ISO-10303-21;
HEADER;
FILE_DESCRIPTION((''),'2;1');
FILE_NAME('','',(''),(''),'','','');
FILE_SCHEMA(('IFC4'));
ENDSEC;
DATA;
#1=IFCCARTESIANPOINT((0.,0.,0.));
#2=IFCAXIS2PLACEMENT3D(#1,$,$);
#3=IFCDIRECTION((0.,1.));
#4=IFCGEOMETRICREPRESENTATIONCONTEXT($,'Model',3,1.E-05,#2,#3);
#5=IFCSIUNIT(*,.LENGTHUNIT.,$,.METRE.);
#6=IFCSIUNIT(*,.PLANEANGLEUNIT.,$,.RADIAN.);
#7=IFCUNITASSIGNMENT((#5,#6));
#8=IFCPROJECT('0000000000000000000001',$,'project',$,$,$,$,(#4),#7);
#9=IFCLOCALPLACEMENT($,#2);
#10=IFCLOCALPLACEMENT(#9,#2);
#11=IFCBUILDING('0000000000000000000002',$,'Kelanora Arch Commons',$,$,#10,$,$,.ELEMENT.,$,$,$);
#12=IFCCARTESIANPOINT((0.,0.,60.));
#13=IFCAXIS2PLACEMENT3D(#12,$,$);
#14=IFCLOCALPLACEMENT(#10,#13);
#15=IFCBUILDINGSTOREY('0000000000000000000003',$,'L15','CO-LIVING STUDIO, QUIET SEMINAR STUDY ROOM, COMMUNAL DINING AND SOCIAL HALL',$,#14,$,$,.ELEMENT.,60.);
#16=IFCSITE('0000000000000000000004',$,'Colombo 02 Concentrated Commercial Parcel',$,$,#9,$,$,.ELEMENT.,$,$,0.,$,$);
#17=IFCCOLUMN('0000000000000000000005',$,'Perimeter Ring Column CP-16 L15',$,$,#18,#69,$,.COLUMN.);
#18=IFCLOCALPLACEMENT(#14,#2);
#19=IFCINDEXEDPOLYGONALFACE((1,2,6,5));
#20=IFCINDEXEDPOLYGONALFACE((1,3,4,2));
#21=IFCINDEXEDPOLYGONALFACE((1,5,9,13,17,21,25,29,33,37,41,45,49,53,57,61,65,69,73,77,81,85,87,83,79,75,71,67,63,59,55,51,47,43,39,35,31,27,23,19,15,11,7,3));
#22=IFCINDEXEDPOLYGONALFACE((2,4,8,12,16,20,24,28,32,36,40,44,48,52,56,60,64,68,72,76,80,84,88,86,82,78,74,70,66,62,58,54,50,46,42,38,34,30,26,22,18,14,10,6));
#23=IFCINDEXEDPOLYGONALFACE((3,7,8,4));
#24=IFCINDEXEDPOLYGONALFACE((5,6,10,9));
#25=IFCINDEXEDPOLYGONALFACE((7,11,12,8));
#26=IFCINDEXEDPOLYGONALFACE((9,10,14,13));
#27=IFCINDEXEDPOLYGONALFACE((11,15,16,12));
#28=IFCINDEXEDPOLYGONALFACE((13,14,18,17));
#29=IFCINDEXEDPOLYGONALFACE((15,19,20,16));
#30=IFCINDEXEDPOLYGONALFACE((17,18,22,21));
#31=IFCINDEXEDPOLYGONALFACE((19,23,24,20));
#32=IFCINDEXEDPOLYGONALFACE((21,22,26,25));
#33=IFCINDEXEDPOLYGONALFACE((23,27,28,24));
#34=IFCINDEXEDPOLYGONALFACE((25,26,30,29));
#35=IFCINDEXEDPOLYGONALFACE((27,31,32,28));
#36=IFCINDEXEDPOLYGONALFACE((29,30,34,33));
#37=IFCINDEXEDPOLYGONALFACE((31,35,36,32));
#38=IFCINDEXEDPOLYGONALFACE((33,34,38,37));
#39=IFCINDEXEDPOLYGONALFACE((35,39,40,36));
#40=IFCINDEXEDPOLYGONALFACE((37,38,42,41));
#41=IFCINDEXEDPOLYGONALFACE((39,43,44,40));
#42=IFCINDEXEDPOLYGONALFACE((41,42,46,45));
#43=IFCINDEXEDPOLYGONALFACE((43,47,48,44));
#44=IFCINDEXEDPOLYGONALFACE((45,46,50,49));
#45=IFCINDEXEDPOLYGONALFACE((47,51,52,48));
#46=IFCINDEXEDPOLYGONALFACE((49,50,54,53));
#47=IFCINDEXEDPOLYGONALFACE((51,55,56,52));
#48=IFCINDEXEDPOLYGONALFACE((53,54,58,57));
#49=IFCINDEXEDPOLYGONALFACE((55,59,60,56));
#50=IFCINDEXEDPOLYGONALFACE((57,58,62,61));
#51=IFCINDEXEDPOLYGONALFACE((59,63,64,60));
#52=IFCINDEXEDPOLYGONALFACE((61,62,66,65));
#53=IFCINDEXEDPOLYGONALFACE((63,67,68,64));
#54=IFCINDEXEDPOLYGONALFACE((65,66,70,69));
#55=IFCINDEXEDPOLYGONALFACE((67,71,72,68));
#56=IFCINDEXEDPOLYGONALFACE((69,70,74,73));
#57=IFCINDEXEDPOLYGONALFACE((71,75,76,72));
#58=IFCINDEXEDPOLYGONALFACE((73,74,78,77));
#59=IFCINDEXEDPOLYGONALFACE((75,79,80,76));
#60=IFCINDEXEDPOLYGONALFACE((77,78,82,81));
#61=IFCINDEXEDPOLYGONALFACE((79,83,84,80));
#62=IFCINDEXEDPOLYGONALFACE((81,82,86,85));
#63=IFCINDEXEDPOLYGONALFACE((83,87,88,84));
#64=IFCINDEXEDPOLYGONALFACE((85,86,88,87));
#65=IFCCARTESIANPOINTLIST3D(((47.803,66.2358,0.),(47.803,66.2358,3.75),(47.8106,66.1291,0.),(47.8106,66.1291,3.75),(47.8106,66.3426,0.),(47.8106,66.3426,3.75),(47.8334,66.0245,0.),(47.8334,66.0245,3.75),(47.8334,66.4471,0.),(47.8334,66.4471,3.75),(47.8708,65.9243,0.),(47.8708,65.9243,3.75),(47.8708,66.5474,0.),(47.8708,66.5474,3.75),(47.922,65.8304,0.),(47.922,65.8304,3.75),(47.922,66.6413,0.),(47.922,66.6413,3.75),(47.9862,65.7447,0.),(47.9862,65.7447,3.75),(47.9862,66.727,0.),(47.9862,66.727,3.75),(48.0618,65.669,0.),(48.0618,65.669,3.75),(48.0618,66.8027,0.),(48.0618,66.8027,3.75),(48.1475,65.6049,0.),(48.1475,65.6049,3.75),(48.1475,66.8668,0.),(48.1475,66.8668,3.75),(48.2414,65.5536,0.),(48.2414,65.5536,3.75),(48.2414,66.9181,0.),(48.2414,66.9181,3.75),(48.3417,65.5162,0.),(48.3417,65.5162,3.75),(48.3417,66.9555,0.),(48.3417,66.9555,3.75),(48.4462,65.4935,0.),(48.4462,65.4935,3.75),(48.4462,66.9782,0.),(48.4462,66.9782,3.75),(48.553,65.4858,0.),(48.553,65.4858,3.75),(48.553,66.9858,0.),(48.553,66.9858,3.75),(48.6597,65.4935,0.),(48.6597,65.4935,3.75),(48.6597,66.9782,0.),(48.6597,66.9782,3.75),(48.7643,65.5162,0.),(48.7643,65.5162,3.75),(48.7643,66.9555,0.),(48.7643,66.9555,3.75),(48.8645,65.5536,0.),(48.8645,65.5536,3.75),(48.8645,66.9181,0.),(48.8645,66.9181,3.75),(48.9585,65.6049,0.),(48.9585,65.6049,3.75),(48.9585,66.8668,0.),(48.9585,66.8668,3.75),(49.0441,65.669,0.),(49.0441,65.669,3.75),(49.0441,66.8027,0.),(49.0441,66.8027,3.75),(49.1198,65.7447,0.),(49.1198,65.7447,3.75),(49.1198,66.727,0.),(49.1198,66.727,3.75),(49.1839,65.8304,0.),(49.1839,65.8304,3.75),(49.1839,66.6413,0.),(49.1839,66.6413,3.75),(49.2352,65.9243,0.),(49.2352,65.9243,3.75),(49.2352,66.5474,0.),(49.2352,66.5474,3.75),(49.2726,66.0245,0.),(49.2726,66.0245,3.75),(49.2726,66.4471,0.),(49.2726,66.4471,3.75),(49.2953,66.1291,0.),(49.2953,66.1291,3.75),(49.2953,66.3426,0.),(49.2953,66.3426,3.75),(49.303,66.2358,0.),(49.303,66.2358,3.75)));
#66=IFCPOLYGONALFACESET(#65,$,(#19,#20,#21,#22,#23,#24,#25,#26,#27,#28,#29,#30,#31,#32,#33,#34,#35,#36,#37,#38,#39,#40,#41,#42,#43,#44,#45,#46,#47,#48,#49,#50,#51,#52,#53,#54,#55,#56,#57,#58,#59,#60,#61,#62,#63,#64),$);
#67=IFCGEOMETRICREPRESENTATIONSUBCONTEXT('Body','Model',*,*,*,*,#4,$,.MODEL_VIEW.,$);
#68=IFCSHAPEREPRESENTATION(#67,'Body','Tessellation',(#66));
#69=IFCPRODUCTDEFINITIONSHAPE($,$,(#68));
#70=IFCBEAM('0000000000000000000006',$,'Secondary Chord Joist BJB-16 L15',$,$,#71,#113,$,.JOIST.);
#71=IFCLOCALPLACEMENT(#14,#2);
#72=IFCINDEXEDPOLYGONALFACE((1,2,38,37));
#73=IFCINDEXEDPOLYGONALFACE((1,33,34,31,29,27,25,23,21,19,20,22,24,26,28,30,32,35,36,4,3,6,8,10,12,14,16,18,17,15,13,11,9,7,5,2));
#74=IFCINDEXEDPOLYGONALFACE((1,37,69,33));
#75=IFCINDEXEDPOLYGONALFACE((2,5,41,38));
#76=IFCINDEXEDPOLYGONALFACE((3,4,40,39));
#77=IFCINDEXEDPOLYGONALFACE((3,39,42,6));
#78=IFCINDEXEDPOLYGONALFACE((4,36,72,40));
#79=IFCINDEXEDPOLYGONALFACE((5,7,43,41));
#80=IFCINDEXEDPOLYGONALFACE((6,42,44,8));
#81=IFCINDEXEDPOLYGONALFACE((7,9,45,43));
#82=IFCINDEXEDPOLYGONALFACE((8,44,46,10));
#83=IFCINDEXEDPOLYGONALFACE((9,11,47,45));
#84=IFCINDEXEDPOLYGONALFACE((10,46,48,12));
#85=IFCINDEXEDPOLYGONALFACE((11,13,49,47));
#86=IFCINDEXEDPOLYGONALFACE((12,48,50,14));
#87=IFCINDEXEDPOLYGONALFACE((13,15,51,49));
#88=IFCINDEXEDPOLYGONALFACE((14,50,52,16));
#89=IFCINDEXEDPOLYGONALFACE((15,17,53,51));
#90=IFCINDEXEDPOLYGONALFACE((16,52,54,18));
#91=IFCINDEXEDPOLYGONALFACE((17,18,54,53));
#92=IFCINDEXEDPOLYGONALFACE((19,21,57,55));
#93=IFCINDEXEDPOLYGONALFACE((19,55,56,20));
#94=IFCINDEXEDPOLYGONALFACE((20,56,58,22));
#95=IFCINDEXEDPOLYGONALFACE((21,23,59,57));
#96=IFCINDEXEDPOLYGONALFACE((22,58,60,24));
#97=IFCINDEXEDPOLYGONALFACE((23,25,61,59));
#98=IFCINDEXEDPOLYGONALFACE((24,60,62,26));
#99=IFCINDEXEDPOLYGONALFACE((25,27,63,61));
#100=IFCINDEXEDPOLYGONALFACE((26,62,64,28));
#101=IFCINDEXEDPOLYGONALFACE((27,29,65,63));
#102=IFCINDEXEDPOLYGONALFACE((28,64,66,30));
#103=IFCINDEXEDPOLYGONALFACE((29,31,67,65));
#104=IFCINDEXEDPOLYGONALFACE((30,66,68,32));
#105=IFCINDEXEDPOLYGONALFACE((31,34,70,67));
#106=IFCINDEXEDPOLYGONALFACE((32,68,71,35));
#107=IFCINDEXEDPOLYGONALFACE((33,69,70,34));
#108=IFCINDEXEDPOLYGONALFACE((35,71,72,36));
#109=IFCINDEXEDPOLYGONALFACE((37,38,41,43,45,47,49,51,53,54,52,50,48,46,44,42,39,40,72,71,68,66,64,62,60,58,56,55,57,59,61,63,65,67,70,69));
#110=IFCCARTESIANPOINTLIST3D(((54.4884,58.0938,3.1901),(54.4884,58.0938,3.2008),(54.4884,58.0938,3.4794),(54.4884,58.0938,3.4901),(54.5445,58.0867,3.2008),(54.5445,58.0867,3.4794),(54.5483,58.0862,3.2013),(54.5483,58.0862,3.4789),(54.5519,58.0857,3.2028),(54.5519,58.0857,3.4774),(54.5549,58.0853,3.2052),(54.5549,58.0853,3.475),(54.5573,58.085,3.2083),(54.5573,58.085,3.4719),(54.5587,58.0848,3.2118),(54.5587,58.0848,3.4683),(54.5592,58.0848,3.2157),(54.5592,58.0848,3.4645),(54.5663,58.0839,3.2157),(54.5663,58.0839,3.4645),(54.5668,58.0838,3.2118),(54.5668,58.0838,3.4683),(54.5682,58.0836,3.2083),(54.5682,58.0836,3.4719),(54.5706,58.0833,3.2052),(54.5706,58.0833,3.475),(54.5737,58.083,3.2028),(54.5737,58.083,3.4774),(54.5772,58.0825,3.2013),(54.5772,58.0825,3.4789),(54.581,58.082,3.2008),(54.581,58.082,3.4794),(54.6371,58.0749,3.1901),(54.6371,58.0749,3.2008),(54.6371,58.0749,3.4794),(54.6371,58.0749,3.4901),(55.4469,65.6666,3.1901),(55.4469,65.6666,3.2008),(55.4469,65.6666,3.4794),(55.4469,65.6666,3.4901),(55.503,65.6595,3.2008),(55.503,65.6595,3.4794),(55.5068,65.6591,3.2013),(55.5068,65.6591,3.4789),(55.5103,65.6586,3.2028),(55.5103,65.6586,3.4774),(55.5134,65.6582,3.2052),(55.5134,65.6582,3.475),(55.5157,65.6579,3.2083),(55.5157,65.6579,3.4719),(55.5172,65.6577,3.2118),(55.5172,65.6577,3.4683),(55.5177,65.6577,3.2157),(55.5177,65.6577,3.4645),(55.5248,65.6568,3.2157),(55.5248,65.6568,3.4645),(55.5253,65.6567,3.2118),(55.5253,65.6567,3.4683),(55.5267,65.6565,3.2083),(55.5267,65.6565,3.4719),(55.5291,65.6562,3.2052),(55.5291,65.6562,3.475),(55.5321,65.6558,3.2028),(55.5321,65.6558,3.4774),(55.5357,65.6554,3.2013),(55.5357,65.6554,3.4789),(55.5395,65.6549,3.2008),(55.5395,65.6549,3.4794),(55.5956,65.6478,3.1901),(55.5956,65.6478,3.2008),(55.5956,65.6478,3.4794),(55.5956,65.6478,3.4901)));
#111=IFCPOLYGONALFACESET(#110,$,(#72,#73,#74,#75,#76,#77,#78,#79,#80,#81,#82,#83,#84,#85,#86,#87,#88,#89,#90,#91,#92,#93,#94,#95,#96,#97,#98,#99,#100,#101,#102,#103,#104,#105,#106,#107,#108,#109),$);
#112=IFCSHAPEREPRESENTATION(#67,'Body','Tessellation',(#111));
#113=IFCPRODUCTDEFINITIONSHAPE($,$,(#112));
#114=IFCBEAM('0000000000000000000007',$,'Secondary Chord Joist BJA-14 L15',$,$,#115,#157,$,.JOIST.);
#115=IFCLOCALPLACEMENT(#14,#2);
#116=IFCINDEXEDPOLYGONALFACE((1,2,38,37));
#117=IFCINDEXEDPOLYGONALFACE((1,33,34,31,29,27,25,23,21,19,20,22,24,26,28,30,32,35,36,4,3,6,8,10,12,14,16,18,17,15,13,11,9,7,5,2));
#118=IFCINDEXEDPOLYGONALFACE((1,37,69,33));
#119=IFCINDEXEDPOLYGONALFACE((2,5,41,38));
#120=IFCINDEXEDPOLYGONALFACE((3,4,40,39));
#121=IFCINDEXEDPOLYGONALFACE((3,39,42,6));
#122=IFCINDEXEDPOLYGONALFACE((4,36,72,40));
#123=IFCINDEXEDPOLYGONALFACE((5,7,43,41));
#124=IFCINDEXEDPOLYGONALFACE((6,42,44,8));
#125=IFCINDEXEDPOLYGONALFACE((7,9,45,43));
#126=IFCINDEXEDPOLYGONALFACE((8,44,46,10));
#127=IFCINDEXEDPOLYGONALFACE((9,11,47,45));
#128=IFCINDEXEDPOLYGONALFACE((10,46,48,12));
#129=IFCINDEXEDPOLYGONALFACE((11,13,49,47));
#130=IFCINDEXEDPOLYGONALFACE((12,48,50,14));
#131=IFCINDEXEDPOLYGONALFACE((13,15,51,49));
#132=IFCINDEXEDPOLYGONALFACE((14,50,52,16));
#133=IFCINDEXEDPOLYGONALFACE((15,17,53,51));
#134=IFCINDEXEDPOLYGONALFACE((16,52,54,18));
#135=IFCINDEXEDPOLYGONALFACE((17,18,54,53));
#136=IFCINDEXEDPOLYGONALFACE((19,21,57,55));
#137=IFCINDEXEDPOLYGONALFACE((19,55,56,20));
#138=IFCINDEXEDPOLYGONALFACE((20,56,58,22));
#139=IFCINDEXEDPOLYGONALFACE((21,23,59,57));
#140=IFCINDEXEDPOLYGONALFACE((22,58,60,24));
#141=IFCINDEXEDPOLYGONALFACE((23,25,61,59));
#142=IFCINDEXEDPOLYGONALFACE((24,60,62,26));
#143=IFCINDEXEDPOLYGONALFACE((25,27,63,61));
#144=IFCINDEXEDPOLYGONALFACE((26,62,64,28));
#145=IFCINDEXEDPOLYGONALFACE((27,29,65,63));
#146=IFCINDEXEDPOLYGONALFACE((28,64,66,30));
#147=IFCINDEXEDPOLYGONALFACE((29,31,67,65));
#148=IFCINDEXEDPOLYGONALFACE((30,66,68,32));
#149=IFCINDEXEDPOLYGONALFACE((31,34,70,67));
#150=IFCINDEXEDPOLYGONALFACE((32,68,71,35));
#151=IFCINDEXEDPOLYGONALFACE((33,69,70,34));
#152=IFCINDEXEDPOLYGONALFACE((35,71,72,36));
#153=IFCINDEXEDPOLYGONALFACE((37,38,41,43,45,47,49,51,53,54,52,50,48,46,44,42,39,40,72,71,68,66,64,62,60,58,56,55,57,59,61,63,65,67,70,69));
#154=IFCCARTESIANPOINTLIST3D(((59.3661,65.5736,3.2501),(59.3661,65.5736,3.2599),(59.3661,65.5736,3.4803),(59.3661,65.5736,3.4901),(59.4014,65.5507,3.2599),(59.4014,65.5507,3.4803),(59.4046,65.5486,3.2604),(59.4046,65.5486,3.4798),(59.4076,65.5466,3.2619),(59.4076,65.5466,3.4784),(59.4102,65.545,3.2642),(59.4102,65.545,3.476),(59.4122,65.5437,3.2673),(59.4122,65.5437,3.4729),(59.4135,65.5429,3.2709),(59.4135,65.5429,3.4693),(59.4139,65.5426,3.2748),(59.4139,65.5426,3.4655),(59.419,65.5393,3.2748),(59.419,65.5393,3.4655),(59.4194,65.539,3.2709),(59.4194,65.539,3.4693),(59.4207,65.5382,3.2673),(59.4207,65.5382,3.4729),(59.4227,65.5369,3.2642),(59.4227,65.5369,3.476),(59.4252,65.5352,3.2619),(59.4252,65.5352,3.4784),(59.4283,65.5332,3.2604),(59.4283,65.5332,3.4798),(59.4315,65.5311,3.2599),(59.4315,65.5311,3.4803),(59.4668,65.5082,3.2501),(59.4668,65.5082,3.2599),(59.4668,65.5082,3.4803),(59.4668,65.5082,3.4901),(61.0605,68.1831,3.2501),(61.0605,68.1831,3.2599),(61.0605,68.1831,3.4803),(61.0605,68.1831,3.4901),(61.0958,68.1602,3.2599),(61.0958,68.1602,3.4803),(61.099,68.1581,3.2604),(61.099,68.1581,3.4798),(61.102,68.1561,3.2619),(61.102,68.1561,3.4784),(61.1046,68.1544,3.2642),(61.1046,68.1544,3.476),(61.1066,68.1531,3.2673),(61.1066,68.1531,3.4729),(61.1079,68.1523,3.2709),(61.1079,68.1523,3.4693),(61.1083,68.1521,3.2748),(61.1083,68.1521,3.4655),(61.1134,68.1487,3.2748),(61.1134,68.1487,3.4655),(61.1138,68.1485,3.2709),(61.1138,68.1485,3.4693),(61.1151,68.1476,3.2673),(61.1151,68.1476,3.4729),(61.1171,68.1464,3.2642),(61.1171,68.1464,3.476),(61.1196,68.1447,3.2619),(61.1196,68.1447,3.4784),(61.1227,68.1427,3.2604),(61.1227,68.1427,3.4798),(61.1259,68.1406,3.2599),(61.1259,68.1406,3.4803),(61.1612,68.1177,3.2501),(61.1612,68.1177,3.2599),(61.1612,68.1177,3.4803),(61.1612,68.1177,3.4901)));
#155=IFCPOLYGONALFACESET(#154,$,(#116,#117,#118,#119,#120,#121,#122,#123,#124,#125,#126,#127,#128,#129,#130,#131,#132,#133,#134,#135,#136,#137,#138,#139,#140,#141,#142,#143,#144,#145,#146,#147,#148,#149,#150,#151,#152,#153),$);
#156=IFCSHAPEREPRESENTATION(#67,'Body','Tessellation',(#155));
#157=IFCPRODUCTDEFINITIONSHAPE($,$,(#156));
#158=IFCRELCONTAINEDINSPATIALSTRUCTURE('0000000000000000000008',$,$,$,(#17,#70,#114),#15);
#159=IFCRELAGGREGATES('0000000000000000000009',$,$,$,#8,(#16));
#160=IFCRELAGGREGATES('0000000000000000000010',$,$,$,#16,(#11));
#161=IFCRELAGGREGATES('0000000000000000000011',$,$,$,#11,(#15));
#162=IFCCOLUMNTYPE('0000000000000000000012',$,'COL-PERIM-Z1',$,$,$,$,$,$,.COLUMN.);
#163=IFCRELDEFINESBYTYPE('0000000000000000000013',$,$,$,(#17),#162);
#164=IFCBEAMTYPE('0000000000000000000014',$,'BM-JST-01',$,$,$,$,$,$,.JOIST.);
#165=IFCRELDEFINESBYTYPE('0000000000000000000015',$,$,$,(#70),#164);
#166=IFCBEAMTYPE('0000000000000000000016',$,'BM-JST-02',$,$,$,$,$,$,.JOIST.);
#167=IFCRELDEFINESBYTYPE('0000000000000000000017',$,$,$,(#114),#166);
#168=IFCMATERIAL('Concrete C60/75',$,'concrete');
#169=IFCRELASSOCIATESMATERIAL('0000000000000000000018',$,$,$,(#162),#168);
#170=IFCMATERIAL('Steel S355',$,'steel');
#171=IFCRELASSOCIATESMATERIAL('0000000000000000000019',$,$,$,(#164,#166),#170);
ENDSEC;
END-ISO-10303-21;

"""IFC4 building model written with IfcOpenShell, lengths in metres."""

from ifc_helpers import new_model, si_unit, direction, frame, origin, origin_2d, place, context, subcontext, project, spatial, circle, i_section, extrude, material, material_profile, profile_set, type_object, element, save


model = new_model("IFC4")

# Units and contexts
model_context = context("Model", 3, precision=1e-05, world=origin(), true_north=direction((0.0, 1.0)))
body_context = subcontext(model_context, "Body", "Model", "MODEL_VIEW")
ifc_project = project(units=[si_unit("LENGTHUNIT", "METRE"), si_unit("PLANEANGLEUNIT", "RADIAN")], contexts=[model_context])

# Site, building, storey
site_placement = place(None, origin())
site = spatial("IfcSite", under=ifc_project, at=site_placement, Name="Colombo 02 Concentrated Commercial Parcel", CompositionType="ELEMENT", RefElevation=0.0)
building_placement = place(site_placement, origin())
building = spatial("IfcBuilding", under=site, at=building_placement, Name="Kelanora Arch Commons", CompositionType="ELEMENT")
storey_placement = place(building_placement, frame((0.0, 0.0, 60.0)))
storey = spatial("IfcBuildingStorey", under=building, at=storey_placement, Name="L15", Description="CO-LIVING STUDIO, QUIET SEMINAR STUDY ROOM, COMMUNAL DINING AND SOCIAL HALL", CompositionType="ELEMENT", Elevation=60.0)

# Column
ifc_material_1 = material(Name="Concrete C60/75", Category="concrete")
ifc_material_profile_1 = material_profile(ifc_material_1, circle(Radius=0.75, at=origin_2d()), Name="RCC1500")
ifc_profile_set_1 = profile_set([ifc_material_profile_1], Name="Concrete C60/75")
column_type = type_object("IfcColumnType", Name="COL-PERIM-Z1", PredefinedType="COLUMN", material=ifc_profile_set_1)
column_placement = place(storey_placement, frame((48.553, 66.2358, 0.0), z_axis=(0.0, 0.0, 1.0), x_axis=(1.0, 0.0, 0.0)))
element("IfcColumn", 1, at=column_placement, inside=storey, type_object=column_type, Name="Perimeter Ring Column CP-16 L15", PredefinedType="COLUMN", context=body_context, shape_type="SweptSolid", body=[
    extrude(circle(Radius=0.75, at=origin_2d()), origin(), (0.0, 0.0, 1.0), 3.75),
])

# Beams
ifc_material_2 = material(Name="Steel S355", Category="steel")
ifc_material_profile_2 = material_profile(ifc_material_2, i_section(OverallWidth=0.1499, OverallDepth=0.3, WebThickness=0.0071, FlangeThickness=0.0107, FilletRadius=0.0149, at=origin_2d()), Name="IPE300")
ifc_profile_set_2 = profile_set([ifc_material_profile_2], Name="Steel S355")
beam_type_1 = type_object("IfcBeamType", Name="BM-JST-01", PredefinedType="JOIST", material=ifc_profile_set_2)
beam_1_placement = place(storey_placement, frame((55.5212, 65.6572, 3.3401), z_axis=(-0.125566, -0.992085, 0.0), x_axis=(0.992085, -0.125566, 0.0)))
element("IfcBeam", 2, at=beam_1_placement, inside=storey, type_object=beam_type_1, Name="Secondary Chord Joist BJB-16 L15", PredefinedType="JOIST", context=body_context, shape_type="SweptSolid", body=[
    extrude(i_section(OverallWidth=0.1499, OverallDepth=0.3, WebThickness=0.0071, FlangeThickness=0.0107, FilletRadius=0.0149, at=origin_2d()), origin(), (0.0, 0.0, 1.0), 7.6333),
])
ifc_material_profile_3 = material_profile(ifc_material_2, i_section(OverallWidth=0.1201, OverallDepth=0.24, WebThickness=0.0061, FlangeThickness=0.0098, FilletRadius=0.0149, at=origin_2d()), Name="IPE240")
ifc_profile_set_3 = profile_set([ifc_material_profile_3], Name="Steel S355")
beam_type_2 = type_object("IfcBeamType", Name="BM-JST-02", PredefinedType="JOIST", material=ifc_profile_set_3)
beam_2_placement = place(storey_placement, frame((61.1108, 68.1504, 3.3701), z_axis=(-0.544591, -0.838702, 0.0), x_axis=(0.838702, -0.544591, 0.0)))
element("IfcBeam", 3, at=beam_2_placement, inside=storey, type_object=beam_type_2, Name="Secondary Chord Joist BJA-14 L15", PredefinedType="JOIST", context=body_context, shape_type="SweptSolid", body=[
    extrude(i_section(OverallWidth=0.1201, OverallDepth=0.24, WebThickness=0.0061, FlangeThickness=0.0098, FilletRadius=0.0149, at=origin_2d()), origin(), (0.0, 0.0, 1.0), 3.1113),
])

save(model, "model.ifc")
